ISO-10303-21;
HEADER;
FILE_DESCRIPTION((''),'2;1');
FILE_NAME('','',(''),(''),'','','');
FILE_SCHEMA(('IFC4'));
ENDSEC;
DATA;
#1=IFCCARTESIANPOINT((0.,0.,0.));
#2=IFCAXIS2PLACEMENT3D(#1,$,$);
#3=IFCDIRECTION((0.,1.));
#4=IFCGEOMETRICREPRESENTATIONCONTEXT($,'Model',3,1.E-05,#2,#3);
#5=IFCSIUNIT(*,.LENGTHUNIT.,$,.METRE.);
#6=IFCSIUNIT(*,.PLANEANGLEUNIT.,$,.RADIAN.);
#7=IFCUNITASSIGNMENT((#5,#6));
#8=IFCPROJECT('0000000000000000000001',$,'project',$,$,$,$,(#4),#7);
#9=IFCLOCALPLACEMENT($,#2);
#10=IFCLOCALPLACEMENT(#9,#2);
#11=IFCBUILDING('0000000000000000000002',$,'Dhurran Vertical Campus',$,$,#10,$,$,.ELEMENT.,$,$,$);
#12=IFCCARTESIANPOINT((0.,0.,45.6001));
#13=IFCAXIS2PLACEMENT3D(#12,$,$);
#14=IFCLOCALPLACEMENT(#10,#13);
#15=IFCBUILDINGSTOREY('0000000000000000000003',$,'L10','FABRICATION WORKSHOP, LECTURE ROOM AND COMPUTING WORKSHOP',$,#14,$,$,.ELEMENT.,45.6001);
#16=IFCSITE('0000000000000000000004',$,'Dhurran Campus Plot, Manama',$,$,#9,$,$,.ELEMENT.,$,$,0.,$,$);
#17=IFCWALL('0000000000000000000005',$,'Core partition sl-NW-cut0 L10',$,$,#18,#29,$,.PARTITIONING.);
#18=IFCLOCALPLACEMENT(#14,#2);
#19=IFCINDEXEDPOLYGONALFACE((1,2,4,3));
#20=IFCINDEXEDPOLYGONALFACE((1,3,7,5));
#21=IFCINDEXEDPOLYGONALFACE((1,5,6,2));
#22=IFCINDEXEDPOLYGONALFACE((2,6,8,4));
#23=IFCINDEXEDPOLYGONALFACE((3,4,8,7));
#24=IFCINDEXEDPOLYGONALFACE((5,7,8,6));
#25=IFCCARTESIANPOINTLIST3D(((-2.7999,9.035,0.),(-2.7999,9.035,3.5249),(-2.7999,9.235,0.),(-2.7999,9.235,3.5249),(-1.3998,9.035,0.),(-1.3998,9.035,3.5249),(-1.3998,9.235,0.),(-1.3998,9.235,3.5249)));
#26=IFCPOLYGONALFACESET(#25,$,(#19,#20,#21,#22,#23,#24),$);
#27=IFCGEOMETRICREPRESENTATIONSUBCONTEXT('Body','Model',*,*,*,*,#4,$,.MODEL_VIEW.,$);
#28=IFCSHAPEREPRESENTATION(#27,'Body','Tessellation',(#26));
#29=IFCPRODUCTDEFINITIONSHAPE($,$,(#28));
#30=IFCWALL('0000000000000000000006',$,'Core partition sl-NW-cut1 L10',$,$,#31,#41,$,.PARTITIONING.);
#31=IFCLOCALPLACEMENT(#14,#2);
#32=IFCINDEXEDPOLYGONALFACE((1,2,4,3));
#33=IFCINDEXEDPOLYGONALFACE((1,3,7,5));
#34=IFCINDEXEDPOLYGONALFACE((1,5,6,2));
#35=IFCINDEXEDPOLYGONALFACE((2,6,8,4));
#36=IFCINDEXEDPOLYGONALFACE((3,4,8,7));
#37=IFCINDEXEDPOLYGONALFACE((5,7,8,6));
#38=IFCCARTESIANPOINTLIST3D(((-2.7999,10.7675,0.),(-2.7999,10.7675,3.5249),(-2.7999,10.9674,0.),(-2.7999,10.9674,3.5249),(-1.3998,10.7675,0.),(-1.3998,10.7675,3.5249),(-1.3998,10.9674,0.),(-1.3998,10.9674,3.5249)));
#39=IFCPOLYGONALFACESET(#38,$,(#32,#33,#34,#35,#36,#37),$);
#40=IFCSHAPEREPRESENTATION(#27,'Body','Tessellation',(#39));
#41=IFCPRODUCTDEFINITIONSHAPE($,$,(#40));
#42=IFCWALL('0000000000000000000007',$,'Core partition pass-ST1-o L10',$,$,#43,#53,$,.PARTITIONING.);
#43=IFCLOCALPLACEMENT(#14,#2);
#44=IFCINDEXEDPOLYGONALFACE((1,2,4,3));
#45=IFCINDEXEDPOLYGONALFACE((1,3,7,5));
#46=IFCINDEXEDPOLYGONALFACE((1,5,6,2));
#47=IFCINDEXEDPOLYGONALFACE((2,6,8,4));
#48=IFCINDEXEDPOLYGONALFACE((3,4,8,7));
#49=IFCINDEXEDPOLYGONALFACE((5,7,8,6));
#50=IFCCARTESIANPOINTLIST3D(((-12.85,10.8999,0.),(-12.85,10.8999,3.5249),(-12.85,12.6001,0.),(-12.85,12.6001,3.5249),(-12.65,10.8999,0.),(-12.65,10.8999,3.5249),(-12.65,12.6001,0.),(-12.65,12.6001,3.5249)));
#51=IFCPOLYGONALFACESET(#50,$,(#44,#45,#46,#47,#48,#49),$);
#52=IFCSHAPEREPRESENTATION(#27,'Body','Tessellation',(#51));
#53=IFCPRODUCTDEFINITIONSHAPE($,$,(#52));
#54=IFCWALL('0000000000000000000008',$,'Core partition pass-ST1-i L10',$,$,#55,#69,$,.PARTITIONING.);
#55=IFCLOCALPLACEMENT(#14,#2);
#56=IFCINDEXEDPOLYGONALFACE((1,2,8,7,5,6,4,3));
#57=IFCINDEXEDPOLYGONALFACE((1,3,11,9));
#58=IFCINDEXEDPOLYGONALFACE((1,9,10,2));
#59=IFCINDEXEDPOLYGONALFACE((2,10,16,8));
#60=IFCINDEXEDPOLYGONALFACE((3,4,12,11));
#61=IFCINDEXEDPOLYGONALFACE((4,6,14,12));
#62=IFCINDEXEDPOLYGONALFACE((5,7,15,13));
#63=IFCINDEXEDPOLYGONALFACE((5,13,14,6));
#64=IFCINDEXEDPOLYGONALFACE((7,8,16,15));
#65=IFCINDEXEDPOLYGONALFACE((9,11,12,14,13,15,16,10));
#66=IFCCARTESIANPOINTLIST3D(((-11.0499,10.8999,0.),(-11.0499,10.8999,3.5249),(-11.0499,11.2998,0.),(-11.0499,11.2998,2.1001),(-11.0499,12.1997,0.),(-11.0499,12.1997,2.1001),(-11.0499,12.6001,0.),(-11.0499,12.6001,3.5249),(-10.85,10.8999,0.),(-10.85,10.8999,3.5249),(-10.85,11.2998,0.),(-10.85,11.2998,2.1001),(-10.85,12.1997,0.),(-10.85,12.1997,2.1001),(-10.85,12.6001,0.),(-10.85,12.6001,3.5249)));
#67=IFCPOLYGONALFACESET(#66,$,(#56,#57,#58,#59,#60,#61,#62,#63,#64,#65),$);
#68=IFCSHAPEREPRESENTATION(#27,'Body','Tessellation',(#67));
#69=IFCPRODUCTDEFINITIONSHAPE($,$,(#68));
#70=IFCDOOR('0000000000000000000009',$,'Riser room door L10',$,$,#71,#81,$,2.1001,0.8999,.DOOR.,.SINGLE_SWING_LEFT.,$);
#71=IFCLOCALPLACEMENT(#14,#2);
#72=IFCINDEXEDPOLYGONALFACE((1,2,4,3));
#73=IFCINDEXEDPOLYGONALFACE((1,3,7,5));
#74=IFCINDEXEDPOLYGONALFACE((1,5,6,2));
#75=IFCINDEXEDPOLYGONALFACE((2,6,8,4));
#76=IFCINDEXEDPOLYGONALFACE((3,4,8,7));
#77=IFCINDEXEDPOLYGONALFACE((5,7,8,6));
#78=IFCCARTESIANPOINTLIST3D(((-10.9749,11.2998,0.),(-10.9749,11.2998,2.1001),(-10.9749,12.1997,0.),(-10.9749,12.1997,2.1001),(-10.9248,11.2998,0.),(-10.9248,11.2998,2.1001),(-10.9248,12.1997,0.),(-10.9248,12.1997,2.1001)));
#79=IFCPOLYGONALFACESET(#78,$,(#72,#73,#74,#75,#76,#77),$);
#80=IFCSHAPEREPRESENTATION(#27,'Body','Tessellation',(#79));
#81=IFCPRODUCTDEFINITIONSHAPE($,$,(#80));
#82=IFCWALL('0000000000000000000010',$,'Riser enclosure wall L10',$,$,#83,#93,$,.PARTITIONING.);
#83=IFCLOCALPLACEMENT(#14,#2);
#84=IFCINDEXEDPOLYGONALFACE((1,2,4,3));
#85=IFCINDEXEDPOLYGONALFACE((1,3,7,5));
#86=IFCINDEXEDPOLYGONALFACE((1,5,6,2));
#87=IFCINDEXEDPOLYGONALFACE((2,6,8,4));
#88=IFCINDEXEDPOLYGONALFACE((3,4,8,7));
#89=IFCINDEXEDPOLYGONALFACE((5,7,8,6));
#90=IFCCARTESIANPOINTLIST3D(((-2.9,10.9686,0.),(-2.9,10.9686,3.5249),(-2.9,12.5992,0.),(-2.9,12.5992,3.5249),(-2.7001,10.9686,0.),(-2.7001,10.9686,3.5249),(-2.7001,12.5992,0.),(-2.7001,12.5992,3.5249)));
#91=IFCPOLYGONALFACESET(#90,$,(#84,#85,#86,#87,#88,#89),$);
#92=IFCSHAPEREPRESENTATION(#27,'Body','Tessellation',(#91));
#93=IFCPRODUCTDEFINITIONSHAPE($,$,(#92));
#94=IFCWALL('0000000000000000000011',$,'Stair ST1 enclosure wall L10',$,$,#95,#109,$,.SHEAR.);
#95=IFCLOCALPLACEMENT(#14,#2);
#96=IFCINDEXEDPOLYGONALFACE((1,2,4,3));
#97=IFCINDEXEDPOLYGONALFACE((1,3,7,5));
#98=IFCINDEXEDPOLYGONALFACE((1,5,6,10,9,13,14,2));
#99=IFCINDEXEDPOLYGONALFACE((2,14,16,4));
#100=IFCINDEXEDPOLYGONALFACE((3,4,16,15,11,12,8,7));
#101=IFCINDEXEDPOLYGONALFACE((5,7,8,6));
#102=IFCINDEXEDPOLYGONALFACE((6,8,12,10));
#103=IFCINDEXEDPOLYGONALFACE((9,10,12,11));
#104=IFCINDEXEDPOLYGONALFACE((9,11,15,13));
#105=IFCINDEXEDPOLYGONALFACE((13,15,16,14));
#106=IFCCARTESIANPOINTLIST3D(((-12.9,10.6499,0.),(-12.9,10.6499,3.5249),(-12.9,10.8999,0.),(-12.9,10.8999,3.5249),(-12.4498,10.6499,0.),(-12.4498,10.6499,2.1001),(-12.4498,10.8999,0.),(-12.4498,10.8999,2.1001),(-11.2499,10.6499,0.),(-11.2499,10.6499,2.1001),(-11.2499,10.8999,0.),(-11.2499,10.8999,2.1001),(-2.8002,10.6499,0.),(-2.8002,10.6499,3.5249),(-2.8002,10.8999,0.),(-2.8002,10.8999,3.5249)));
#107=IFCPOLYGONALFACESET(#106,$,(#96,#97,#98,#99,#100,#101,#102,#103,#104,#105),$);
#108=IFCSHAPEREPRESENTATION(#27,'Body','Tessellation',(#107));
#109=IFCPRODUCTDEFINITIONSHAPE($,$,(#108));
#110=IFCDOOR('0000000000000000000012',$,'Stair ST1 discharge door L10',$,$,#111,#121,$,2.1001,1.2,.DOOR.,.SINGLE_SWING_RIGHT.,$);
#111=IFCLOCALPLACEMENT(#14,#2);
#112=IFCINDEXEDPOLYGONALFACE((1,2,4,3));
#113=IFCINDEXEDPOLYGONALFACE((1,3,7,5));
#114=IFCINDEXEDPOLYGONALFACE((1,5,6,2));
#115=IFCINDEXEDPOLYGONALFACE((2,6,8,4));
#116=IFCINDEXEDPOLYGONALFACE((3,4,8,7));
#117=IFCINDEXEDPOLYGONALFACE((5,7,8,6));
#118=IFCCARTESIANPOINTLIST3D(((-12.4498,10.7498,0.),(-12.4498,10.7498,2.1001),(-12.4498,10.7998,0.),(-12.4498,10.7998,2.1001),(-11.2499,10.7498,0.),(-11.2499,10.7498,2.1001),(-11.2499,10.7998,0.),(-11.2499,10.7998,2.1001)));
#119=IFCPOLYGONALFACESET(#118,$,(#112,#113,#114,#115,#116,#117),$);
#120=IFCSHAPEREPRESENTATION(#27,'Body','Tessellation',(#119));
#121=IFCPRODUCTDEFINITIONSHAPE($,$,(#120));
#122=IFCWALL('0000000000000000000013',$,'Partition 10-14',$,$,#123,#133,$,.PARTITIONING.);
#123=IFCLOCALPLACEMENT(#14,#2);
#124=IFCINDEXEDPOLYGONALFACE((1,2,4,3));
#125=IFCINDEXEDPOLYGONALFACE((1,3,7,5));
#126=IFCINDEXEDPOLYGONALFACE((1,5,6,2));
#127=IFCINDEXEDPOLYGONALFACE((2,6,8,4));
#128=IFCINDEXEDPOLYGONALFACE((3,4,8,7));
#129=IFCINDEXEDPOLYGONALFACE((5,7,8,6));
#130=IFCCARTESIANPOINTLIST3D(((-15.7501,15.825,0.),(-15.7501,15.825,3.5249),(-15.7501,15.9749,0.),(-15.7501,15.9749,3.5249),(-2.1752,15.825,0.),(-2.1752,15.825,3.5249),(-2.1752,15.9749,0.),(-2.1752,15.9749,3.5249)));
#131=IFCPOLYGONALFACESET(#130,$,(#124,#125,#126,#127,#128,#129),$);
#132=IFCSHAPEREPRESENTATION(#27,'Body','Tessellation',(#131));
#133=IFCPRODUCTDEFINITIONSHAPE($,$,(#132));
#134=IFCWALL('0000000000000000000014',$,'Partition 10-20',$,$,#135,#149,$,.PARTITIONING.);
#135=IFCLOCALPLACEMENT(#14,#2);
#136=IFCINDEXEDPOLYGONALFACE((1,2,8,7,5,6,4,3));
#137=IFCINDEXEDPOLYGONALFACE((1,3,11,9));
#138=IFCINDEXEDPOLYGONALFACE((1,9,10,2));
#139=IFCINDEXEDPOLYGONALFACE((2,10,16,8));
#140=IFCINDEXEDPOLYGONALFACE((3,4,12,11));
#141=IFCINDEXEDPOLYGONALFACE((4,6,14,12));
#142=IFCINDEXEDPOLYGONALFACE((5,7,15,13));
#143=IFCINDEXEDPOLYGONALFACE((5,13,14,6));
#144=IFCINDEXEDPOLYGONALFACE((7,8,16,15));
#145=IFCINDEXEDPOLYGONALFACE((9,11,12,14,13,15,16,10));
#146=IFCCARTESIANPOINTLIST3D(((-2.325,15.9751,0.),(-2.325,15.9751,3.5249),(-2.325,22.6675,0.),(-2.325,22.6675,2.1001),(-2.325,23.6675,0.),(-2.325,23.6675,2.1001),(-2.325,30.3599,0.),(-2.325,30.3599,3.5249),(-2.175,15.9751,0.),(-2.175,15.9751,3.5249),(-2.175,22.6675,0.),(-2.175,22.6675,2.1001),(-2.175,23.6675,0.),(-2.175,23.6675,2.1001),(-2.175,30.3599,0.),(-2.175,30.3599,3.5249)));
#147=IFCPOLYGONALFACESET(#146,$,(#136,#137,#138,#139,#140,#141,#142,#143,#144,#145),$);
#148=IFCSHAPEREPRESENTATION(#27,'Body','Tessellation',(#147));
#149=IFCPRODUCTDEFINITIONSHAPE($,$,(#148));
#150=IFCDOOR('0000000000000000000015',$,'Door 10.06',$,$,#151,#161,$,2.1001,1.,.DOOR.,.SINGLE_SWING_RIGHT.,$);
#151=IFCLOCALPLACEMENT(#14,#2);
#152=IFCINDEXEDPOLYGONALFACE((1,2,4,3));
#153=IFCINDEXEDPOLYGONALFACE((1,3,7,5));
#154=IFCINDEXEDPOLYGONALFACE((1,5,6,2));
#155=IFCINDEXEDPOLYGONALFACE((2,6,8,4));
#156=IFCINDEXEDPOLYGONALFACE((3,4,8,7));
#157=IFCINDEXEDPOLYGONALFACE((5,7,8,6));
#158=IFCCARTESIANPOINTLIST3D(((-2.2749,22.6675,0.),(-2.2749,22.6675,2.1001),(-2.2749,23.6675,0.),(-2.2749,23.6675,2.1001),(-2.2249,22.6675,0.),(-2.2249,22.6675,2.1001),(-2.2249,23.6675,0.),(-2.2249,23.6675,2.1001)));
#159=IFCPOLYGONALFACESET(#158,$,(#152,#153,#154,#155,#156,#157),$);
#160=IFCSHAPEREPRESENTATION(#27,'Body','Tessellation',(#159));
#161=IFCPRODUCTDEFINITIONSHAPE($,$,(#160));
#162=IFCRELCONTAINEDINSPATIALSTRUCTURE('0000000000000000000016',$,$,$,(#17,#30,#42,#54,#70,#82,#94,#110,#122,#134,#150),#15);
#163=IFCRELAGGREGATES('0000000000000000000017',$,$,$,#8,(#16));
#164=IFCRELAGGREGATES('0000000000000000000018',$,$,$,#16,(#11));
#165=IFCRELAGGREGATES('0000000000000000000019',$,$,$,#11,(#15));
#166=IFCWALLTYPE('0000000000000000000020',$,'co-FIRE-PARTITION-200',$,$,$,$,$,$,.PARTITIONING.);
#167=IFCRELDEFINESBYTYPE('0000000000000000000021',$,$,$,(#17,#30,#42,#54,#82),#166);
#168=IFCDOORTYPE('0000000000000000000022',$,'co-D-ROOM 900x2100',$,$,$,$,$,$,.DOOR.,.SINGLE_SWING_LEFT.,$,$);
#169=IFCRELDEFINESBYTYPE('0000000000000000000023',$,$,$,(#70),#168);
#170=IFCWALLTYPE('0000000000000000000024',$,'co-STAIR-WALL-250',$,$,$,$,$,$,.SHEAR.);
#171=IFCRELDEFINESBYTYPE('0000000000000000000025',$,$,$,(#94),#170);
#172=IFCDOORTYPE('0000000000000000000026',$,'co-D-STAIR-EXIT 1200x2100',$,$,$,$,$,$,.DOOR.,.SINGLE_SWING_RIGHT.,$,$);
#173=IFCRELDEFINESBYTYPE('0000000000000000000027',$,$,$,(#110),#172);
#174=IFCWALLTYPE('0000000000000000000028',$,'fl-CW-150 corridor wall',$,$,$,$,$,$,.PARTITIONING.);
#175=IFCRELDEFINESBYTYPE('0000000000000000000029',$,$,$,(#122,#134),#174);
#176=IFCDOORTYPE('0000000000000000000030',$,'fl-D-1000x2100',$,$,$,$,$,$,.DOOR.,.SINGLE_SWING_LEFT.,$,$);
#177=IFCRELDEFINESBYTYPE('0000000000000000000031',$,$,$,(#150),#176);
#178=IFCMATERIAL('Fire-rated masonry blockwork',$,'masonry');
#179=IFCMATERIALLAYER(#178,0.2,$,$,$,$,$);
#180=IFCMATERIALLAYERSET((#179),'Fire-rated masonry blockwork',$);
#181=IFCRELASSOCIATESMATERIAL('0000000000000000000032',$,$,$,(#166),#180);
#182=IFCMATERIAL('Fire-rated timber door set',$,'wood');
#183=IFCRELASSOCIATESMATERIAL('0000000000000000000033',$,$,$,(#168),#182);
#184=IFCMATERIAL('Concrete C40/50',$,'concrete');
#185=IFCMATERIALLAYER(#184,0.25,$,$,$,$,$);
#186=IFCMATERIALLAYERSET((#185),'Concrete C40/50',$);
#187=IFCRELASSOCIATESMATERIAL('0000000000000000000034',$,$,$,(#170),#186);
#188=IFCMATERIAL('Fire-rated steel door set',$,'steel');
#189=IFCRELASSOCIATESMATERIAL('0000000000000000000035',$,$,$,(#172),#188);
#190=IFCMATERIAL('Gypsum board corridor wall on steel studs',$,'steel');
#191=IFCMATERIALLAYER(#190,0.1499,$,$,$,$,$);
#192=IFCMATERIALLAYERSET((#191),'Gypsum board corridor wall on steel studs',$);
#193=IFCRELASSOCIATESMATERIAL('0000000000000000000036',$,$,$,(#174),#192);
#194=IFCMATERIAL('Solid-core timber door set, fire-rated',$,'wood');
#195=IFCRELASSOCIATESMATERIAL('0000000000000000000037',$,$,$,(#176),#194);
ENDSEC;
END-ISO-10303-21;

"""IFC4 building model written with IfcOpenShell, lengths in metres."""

from ifc_helpers import new_model, si_unit, direction, frame, frame_2d, origin, place, context, subcontext, project, spatial, rectangle, extrude, material, layer, layer_set, type_object, element, fill, save


model = new_model("IFC4")

# Units and contexts
model_context = context("Model", 3, precision=1e-05, world=origin(), true_north=direction((0.0, 1.0)))
body_context = subcontext(model_context, "Body", "Model", "MODEL_VIEW")
ifc_project = project(units=[si_unit("LENGTHUNIT", "METRE"), si_unit("PLANEANGLEUNIT", "RADIAN")], contexts=[model_context])

# Site, building, storey
site_placement = place(None, origin())
site = spatial("IfcSite", under=ifc_project, at=site_placement, Name="Dhurran Campus Plot, Manama", CompositionType="ELEMENT", RefElevation=0.0)
building_placement = place(site_placement, origin())
building = spatial("IfcBuilding", under=site, at=building_placement, Name="Dhurran Vertical Campus", CompositionType="ELEMENT")
storey_placement = place(building_placement, frame((0.0, 0.0, 45.6001)))
storey = spatial("IfcBuildingStorey", under=building, at=storey_placement, Name="L10", Description="FABRICATION WORKSHOP, LECTURE ROOM AND COMPUTING WORKSHOP", CompositionType="ELEMENT", Elevation=45.6001)

# Walls
ifc_material_1 = material(Name="Fire-rated masonry blockwork", Category="masonry")
ifc_layer_1 = layer(ifc_material_1, 0.2)
ifc_layer_set_1 = layer_set([ifc_layer_1], Name="Fire-rated masonry blockwork")
wall_type_1 = type_object("IfcWallType", Name="co-FIRE-PARTITION-200", PredefinedType="PARTITIONING", material=ifc_layer_set_1)
for number, where, z_axis, x_axis, name in (
    (1, (-2.8, 9.135, 0.0), (0.0, 0.0, 1.0), (1.0, 0.0, 0.0), "Core partition sl-NW-cut0 L10"),
    (2, (-2.8, 10.8674, 0.0), (0.0, 0.0, 1.0), (1.0, 0.0, 0.0), "Core partition sl-NW-cut1 L10"),
):
    element("IfcWall", number, at=place(storey_placement, frame(where, z_axis=z_axis, x_axis=x_axis)), inside=storey, type_object=wall_type_1, Name=name, PredefinedType="PARTITIONING", context=body_context, shape_type="SweptSolid", body=[
        extrude(rectangle(XDim=1.4001, YDim=0.2, at=frame_2d((0.7002, 0.0))), origin(), (0.0, 0.0, 1.0), 3.5249),
    ])
wall_1_placement = place(storey_placement, frame((-12.75, 10.8999, 0.0), z_axis=(0.0, 0.0, 1.0), x_axis=(0.0, 1.0, 0.0)))
element("IfcWall", 3, at=wall_1_placement, inside=storey, type_object=wall_type_1, Name="Core partition pass-ST1-o L10", PredefinedType="PARTITIONING", context=body_context, shape_type="SweptSolid", body=[
    extrude(rectangle(XDim=1.7002, YDim=0.2, at=frame_2d((0.8501, 0.0))), origin(), (0.0, 0.0, 1.0), 3.5249),
])

# Wall, opening, door
wall_2_placement = place(storey_placement, frame((-10.95, 10.8999, 0.0), z_axis=(0.0, 0.0, 1.0), x_axis=(0.0, 1.0, 0.0)))
wall_2 = element("IfcWall", 4, at=wall_2_placement, inside=storey, type_object=wall_type_1, Name="Core partition pass-ST1-i L10", PredefinedType="PARTITIONING", context=body_context, shape_type="SweptSolid", body=[
    extrude(rectangle(XDim=1.7002, YDim=0.2, at=frame_2d((0.8501, 0.0))), origin(), (0.0, 0.0, 1.0), 3.5249),
])
opening_1_placement = place(wall_2_placement, frame((0.3999, 0.0, 0.0)))
opening_1 = element("IfcOpeningElement", 5, at=opening_1_placement, cuts=wall_2, PredefinedType="OPENING", context=body_context, shape_type="SweptSolid", body=[
    extrude(rectangle(XDim=0.8999, YDim=2.1001, at=frame_2d((0.45, 1.05))), frame((0.0, 0.1099, 0.0), z_axis=(0.0, -1.0, 0.0), x_axis=(1.0, 0.0, 0.0)), (0.0, 0.0, 1.0), 0.22),
])
ifc_material_2 = material(Name="Fire-rated timber door set", Category="wood")
door_type_1 = type_object("IfcDoorType", Name="co-D-ROOM 900x2100", OperationType="SINGLE_SWING_LEFT", PredefinedType="DOOR", material=ifc_material_2)
door_1_placement = place(opening_1_placement, origin())
door_1 = element("IfcDoor", 6, at=door_1_placement, inside=storey, type_object=door_type_1, Name="Riser room door L10", OperationType="SINGLE_SWING_LEFT", OverallHeight=2.1001, OverallWidth=0.8999, PredefinedType="DOOR", context=body_context, shape_type="SweptSolid", body=[
    extrude(rectangle(XDim=0.8999, YDim=2.1001, at=frame_2d((0.45, 1.05))), frame((0.0, 0.0249, 0.0), z_axis=(0.0, -1.0, 0.0), x_axis=(1.0, 0.0, 0.0)), (0.0, 0.0, 1.0), 0.05),
])
fill(opening_1, door_1)

# Wall
wall_3_placement = place(storey_placement, frame((-2.8, 10.9685, 0.0), z_axis=(0.0, 0.0, 1.0), x_axis=(0.0, 1.0, 0.0)))
element("IfcWall", 7, at=wall_3_placement, inside=storey, type_object=wall_type_1, Name="Riser enclosure wall L10", PredefinedType="PARTITIONING", context=body_context, shape_type="SweptSolid", body=[
    extrude(rectangle(XDim=1.6306, YDim=0.2, at=frame_2d((0.8154, 0.0))), origin(), (0.0, 0.0, 1.0), 3.5249),
])

# Wall, opening, door
ifc_material_3 = material(Name="Concrete C40/50", Category="concrete")
ifc_layer_2 = layer(ifc_material_3, 0.25)
ifc_layer_set_2 = layer_set([ifc_layer_2], Name="Concrete C40/50")
wall_type_2 = type_object("IfcWallType", Name="co-STAIR-WALL-250", PredefinedType="SHEAR", material=ifc_layer_set_2)
wall_4_placement = place(storey_placement, frame((-12.8999, 10.7749, 0.0), z_axis=(0.0, 0.0, 1.0), x_axis=(1.0, 0.0, 0.0)))
wall_4 = element("IfcWall", 8, at=wall_4_placement, inside=storey, type_object=wall_type_2, Name="Stair ST1 enclosure wall L10", PredefinedType="SHEAR", context=body_context, shape_type="SweptSolid", body=[
    extrude(rectangle(XDim=10.0999, YDim=0.25, at=frame_2d((5.0498, 0.0))), origin(), (0.0, 0.0, 1.0), 3.5249),
])
opening_2_placement = place(wall_4_placement, frame((0.45, 0.0, 0.0)))
opening_2 = element("IfcOpeningElement", 9, at=opening_2_placement, cuts=wall_4, PredefinedType="OPENING", context=body_context, shape_type="SweptSolid", body=[
    extrude(rectangle(XDim=1.2, YDim=2.1001, at=frame_2d((0.6001, 1.05))), frame((0.0, 0.135, 0.0), z_axis=(0.0, -1.0, 0.0), x_axis=(1.0, 0.0, 0.0)), (0.0, 0.0, 1.0), 0.27),
])
ifc_material_4 = material(Name="Fire-rated steel door set", Category="steel")
door_type_2 = type_object("IfcDoorType", Name="co-D-STAIR-EXIT 1200x2100", OperationType="SINGLE_SWING_RIGHT", PredefinedType="DOOR", material=ifc_material_4)
door_2_placement = place(opening_2_placement, origin())
door_2 = element("IfcDoor", 10, at=door_2_placement, inside=storey, type_object=door_type_2, Name="Stair ST1 discharge door L10", OperationType="SINGLE_SWING_RIGHT", OverallHeight=2.1001, OverallWidth=1.2, PredefinedType="DOOR", context=body_context, shape_type="SweptSolid", body=[
    extrude(rectangle(XDim=1.2, YDim=2.1001, at=frame_2d((0.6001, 1.05))), frame((0.0, 0.0249, 0.0), z_axis=(0.0, -1.0, 0.0), x_axis=(1.0, 0.0, 0.0)), (0.0, 0.0, 1.0), 0.05),
])
fill(opening_2, door_2)

# Wall
ifc_material_5 = material(Name="Gypsum board corridor wall on steel studs", Category="steel")
ifc_layer_3 = layer(ifc_material_5, 0.1499)
ifc_layer_set_3 = layer_set([ifc_layer_3], Name="Gypsum board corridor wall on steel studs")
wall_type_3 = type_object("IfcWallType", Name="fl-CW-150 corridor wall", PredefinedType="PARTITIONING", material=ifc_layer_set_3)
wall_5_placement = place(storey_placement, frame((-2.175, 15.8999, 0.0), z_axis=(0.0, 0.0, 1.0), x_axis=(-1.0, 0.0, 0.0)))
element("IfcWall", 11, at=wall_5_placement, inside=storey, type_object=wall_type_3, Name="Partition 10-14", PredefinedType="PARTITIONING", context=body_context, shape_type="SweptSolid", body=[
    extrude(rectangle(XDim=13.575, YDim=0.1499, at=frame_2d((6.7876, 0.0))), origin(), (0.0, 0.0, 1.0), 3.5249),
])

# Wall, opening, door
wall_6_placement = place(storey_placement, frame((-2.25, 15.9751, 0.0), z_axis=(0.0, 0.0, 1.0), x_axis=(0.0, 1.0, 0.0)))
wall_6 = element("IfcWall", 12, at=wall_6_placement, inside=storey, type_object=wall_type_3, Name="Partition 10-20", PredefinedType="PARTITIONING", context=body_context, shape_type="SweptSolid", body=[
    extrude(rectangle(XDim=14.3848, YDim=0.1499, at=frame_2d((7.1924, 0.0))), origin(), (0.0, 0.0, 1.0), 3.5249),
])
opening_3_placement = place(wall_6_placement, frame((6.6924, 0.0, 0.0)))
opening_3 = element("IfcOpeningElement", 13, at=opening_3_placement, cuts=wall_6, PredefinedType="OPENING", context=body_context, shape_type="SweptSolid", body=[
    extrude(rectangle(XDim=1.0, YDim=2.1001, at=frame_2d((0.5, 1.05))), frame((0.0, 0.085, 0.0), z_axis=(0.0, -1.0, 0.0), x_axis=(1.0, 0.0, 0.0)), (0.0, 0.0, 1.0), 0.1699),
])
ifc_material_6 = material(Name="Solid-core timber door set, fire-rated", Category="wood")
door_type_3 = type_object("IfcDoorType", Name="fl-D-1000x2100", OperationType="SINGLE_SWING_LEFT", PredefinedType="DOOR", material=ifc_material_6)
door_3_placement = place(opening_3_placement, origin())
door_3 = element("IfcDoor", 14, at=door_3_placement, inside=storey, type_object=door_type_3, Name="Door 10.06", OperationType="SINGLE_SWING_RIGHT", OverallHeight=2.1001, OverallWidth=1.0, PredefinedType="DOOR", context=body_context, shape_type="SweptSolid", body=[
    extrude(rectangle(XDim=1.0, YDim=2.1001, at=frame_2d((0.5, 1.05))), frame((0.0, 0.0249, 0.0), z_axis=(0.0, -1.0, 0.0), x_axis=(1.0, 0.0, 0.0)), (0.0, 0.0, 1.0), 0.05),
])
fill(opening_3, door_3)

save(model, "model.ifc")
